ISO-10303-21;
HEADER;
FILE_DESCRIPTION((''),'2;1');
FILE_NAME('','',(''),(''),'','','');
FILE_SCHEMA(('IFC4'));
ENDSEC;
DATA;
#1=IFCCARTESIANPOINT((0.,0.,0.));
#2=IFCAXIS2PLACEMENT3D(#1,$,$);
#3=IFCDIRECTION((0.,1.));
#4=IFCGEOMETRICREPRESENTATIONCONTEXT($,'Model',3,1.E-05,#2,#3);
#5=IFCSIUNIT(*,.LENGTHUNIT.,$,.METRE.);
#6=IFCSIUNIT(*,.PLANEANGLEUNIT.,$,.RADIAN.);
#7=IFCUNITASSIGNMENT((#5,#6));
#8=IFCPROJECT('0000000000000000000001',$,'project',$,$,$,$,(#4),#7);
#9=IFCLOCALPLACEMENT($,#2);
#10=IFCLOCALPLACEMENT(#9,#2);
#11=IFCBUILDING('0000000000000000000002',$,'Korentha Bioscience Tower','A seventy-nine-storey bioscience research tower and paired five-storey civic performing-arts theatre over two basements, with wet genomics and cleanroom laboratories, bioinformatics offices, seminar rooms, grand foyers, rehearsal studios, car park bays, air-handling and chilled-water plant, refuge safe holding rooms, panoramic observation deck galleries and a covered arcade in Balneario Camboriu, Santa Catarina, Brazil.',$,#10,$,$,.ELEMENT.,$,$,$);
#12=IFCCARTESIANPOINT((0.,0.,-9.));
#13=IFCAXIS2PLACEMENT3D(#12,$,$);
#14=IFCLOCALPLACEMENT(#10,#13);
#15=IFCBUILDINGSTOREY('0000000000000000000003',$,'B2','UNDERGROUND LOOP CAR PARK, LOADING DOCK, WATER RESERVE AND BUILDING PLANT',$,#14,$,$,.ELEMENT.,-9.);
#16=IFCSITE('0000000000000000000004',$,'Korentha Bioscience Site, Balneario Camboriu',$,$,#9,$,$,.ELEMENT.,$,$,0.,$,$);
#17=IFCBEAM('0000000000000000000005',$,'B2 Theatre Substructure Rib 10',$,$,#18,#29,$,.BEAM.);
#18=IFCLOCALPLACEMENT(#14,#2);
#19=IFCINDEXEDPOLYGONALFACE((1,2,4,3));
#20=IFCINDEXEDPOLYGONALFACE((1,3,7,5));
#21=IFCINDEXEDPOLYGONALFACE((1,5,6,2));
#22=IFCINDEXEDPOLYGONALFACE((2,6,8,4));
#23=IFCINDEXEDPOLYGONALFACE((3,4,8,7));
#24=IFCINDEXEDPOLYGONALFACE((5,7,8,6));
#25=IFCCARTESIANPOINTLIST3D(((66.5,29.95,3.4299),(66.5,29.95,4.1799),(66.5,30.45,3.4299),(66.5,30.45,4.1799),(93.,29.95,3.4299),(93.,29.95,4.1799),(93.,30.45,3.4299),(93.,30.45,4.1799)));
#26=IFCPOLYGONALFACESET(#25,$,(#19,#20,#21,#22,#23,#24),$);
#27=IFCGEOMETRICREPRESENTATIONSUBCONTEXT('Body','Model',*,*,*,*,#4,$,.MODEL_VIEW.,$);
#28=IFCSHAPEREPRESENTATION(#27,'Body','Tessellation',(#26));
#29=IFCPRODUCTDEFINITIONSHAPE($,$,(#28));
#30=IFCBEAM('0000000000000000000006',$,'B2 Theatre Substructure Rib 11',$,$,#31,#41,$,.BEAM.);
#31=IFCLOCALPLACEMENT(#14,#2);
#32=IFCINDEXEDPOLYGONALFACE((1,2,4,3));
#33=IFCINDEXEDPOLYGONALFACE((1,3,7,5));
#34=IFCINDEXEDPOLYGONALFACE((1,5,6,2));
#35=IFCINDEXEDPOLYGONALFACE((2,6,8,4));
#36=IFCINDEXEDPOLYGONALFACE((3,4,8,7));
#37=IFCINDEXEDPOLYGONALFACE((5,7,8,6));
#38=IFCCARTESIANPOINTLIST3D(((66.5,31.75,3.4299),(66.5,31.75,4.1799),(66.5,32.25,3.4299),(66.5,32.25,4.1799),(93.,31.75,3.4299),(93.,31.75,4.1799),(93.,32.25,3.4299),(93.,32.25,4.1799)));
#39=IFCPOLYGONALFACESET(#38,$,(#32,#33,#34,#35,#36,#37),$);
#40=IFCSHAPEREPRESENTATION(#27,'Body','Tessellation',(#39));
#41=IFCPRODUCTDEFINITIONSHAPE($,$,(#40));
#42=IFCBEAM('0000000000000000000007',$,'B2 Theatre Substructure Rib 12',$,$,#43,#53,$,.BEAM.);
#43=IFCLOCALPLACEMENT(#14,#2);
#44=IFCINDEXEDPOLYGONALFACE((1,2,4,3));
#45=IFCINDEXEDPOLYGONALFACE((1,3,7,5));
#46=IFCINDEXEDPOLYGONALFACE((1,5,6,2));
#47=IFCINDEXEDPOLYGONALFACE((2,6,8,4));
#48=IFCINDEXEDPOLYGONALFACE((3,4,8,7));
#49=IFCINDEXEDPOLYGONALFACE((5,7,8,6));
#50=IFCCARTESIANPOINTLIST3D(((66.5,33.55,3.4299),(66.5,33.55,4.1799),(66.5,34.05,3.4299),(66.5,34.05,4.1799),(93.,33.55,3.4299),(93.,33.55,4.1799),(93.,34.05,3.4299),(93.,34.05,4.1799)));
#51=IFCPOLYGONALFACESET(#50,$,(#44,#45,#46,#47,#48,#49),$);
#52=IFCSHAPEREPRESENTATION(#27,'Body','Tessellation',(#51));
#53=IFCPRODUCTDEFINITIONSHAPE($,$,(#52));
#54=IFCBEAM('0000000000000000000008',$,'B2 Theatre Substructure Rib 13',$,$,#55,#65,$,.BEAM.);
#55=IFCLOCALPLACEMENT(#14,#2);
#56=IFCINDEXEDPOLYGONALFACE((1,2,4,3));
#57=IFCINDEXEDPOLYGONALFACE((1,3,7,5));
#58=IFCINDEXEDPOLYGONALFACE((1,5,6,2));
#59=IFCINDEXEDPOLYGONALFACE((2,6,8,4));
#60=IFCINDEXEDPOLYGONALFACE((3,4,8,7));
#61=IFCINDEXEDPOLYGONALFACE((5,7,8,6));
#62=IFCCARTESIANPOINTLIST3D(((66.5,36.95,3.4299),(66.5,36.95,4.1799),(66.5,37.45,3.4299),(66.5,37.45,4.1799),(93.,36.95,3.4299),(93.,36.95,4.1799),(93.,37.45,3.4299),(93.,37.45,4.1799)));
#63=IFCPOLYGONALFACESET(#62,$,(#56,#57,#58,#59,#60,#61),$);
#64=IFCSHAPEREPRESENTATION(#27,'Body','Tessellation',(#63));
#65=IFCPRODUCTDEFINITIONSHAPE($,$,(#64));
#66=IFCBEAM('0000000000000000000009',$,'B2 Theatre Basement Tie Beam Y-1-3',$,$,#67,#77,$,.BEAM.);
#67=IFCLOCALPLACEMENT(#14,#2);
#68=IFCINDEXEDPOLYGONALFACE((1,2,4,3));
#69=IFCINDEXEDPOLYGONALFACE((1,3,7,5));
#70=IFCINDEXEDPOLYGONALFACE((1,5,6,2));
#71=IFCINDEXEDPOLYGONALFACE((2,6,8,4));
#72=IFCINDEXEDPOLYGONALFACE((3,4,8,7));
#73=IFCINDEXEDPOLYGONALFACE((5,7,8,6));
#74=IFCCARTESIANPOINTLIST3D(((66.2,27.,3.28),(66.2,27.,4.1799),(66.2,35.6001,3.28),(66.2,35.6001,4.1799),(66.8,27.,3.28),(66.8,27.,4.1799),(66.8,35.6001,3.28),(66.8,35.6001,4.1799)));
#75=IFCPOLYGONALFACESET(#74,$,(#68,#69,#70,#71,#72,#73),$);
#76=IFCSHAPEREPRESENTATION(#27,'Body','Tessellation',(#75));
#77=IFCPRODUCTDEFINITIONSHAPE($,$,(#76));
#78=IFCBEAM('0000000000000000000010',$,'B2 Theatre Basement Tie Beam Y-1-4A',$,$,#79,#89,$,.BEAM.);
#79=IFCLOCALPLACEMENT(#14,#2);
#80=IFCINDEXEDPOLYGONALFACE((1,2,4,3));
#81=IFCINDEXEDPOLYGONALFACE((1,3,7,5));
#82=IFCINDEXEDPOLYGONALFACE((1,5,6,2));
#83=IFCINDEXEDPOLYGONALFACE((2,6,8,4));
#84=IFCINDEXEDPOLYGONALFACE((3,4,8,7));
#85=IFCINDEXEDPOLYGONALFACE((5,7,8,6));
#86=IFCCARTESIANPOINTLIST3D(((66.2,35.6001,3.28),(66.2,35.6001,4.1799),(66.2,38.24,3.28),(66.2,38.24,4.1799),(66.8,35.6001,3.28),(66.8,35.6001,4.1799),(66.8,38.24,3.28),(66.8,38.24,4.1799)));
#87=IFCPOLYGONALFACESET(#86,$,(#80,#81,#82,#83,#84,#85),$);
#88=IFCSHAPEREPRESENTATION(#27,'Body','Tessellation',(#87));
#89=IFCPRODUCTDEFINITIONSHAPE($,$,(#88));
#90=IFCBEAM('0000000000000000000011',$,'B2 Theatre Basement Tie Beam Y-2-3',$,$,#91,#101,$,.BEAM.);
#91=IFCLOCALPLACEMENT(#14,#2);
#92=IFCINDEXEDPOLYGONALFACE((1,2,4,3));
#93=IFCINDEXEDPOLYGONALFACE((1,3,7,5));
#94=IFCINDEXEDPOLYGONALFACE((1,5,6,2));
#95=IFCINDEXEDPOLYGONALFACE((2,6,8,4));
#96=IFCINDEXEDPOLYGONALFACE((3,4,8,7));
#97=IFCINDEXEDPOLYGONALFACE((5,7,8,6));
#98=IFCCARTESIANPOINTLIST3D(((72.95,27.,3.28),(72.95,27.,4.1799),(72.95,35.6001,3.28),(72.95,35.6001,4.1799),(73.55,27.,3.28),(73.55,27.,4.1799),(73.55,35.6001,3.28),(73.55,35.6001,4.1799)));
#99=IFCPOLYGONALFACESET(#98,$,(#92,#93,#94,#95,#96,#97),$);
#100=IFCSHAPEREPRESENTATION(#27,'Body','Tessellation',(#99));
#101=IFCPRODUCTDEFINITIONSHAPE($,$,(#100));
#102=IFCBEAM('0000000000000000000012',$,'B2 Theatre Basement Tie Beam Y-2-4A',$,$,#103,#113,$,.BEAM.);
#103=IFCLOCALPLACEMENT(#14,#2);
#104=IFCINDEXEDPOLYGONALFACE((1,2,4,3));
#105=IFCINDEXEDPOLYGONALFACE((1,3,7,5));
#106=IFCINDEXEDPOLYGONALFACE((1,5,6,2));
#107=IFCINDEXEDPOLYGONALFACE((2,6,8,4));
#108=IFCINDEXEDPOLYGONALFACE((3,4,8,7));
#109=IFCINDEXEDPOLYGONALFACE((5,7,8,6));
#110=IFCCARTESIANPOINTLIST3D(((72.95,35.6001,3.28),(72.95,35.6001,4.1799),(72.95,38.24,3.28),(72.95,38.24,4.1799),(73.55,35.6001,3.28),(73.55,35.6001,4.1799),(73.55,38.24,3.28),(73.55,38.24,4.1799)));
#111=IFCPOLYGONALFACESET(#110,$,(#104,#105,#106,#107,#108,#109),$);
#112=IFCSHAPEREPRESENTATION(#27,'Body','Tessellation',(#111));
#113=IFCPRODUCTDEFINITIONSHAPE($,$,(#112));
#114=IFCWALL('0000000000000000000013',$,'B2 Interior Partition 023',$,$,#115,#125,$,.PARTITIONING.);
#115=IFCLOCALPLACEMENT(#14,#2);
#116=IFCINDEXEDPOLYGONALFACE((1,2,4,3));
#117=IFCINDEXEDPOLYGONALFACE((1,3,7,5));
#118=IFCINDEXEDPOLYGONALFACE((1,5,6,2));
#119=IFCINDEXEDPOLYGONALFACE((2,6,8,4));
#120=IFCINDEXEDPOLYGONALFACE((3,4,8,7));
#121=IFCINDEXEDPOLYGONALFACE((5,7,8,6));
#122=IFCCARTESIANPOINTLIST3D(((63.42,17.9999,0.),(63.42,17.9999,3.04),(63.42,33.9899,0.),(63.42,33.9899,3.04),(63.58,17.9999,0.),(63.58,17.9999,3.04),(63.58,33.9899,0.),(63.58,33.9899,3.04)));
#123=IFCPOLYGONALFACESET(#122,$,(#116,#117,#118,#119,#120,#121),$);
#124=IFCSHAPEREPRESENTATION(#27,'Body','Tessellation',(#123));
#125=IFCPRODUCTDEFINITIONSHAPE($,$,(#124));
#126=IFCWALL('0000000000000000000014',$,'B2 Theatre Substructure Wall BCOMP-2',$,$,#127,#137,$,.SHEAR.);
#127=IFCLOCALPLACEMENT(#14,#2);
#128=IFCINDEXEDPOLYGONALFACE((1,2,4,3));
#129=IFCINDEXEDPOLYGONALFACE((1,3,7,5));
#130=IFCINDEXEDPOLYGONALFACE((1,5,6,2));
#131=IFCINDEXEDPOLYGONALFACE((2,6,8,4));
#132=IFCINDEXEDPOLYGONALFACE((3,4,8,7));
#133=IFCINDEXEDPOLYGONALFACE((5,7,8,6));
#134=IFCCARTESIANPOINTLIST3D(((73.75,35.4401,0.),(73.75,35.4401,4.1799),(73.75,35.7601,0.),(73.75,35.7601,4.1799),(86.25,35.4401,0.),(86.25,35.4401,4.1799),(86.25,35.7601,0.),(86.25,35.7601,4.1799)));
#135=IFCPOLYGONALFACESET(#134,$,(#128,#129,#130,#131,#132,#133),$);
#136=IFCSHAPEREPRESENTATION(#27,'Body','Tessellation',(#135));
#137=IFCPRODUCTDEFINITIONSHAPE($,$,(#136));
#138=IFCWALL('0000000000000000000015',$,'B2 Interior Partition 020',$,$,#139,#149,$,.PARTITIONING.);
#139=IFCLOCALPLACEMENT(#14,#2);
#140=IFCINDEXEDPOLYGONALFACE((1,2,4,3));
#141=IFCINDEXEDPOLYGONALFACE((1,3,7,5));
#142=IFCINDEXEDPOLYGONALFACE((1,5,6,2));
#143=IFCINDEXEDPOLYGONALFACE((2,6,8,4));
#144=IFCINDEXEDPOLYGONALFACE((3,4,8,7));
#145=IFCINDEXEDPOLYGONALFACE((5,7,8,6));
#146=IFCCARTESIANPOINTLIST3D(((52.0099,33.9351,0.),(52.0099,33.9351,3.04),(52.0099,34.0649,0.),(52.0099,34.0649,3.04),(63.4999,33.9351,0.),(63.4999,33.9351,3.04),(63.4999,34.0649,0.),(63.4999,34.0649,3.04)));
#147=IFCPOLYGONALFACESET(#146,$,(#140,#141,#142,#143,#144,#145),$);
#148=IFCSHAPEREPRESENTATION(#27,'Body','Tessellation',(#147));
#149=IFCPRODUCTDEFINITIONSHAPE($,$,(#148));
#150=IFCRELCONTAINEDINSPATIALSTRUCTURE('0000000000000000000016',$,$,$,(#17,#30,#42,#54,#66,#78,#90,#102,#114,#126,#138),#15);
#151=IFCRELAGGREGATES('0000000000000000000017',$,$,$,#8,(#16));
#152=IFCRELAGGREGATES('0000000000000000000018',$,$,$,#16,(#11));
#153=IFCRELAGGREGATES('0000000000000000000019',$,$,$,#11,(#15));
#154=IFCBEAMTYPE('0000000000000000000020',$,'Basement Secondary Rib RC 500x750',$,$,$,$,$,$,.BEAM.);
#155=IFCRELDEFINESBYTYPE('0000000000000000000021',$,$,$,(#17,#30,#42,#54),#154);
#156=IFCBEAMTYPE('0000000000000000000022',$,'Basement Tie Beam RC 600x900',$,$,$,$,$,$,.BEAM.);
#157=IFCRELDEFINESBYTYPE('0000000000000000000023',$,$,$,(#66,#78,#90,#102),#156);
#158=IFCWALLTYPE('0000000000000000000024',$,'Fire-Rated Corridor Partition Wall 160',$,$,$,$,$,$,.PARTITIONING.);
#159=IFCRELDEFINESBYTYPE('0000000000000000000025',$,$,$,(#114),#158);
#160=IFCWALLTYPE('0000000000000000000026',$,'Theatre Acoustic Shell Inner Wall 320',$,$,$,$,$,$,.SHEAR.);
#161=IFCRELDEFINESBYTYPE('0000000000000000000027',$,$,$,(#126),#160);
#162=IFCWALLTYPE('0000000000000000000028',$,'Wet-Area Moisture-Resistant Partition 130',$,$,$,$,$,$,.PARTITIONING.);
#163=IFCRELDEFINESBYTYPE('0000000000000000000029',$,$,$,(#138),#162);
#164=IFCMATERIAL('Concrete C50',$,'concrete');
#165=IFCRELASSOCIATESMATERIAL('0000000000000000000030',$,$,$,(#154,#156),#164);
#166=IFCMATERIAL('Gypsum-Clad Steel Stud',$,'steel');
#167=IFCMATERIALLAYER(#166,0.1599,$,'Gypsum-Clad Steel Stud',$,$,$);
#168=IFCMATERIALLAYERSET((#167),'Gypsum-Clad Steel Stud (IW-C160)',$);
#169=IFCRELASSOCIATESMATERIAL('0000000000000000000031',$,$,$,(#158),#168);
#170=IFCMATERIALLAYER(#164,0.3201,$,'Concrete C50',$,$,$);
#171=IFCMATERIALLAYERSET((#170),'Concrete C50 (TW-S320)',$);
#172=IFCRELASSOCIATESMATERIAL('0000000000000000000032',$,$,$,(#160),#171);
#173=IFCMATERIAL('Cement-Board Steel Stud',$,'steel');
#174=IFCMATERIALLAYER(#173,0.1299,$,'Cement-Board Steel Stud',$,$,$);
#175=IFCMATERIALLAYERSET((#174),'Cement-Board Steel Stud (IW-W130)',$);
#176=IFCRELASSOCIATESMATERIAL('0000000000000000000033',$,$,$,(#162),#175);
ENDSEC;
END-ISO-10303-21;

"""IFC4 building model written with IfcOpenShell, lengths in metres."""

from ifc_helpers import new_model, si_unit, direction, frame, frame_2d, origin, origin_2d, place, context, subcontext, project, spatial, rectangle, extrude, material, layer, layer_set, material_profile, profile_set, type_object, element, save


model = new_model("IFC4")

# Units and contexts
model_context = context("Model", 3, precision=1e-05, world=origin(), true_north=direction((0.0, 1.0)))
body_context = subcontext(model_context, "Body", "Model", "MODEL_VIEW")
ifc_project = project(units=[si_unit("LENGTHUNIT", "METRE"), si_unit("PLANEANGLEUNIT", "RADIAN")], contexts=[model_context])

# Site, building, storey
site_placement = place(None, origin())
site = spatial("IfcSite", under=ifc_project, at=site_placement, Name="Korentha Bioscience Site, Balneario Camboriu", CompositionType="ELEMENT", RefElevation=0.0)
building_placement = place(site_placement, origin())
building = spatial("IfcBuilding", under=site, at=building_placement, Name="Korentha Bioscience Tower", Description="A seventy-nine-storey bioscience research tower and paired five-storey civic performing-arts theatre over two basements, with wet genomics and cleanroom laboratories, bioinformatics offices, seminar rooms, grand foyers, rehearsal studios, car park bays, air-handling and chilled-water plant, refuge safe holding rooms, panoramic observation deck galleries and a covered arcade in Balneario Camboriu, Santa Catarina, Brazil.", CompositionType="ELEMENT")
storey_placement = place(building_placement, frame((0.0, 0.0, -9.0)))
storey = spatial("IfcBuildingStorey", under=building, at=storey_placement, Name="B2", Description="UNDERGROUND LOOP CAR PARK, LOADING DOCK, WATER RESERVE AND BUILDING PLANT", CompositionType="ELEMENT", Elevation=-9.0)

# Shared definitions
ifc_material_1 = material(Name="Concrete C50", Category="concrete")

# Beams
ifc_material_profile_1 = material_profile(ifc_material_1, rectangle(XDim=0.5, YDim=0.75, at=origin_2d()), Name="Concrete C50")
ifc_profile_set_1 = profile_set([ifc_material_profile_1], Name="Concrete C50 (BB-500)")
beam_type_1 = type_object("IfcBeamType", Name="Basement Secondary Rib RC 500x750", PredefinedType="BEAM", material=ifc_profile_set_1)
for number, where, z_axis, x_axis, name in (
    (1, (66.5, 30.2, 3.8049), (1.0, 0.0, 0.0), (0.0, 1.0, 0.0), "B2 Theatre Substructure Rib 10"),
    (2, (66.5, 32.0, 3.8049), (1.0, 0.0, 0.0), (0.0, 1.0, 0.0), "B2 Theatre Substructure Rib 11"),
    (3, (66.5, 33.8, 3.8049), (1.0, 0.0, 0.0), (0.0, 1.0, 0.0), "B2 Theatre Substructure Rib 12"),
    (4, (66.5, 37.2, 3.8049), (1.0, 0.0, 0.0), (0.0, 1.0, 0.0), "B2 Theatre Substructure Rib 13"),
):
    element("IfcBeam", number, at=place(storey_placement, frame(where, z_axis=z_axis, x_axis=x_axis)), inside=storey, type_object=beam_type_1, Name=name, PredefinedType="BEAM", context=body_context, shape_type="SweptSolid", body=[
        extrude(rectangle(XDim=0.5, YDim=0.75, at=origin_2d()), origin(), (0.0, 0.0, 1.0), 26.5),
    ])
ifc_material_profile_2 = material_profile(ifc_material_1, rectangle(XDim=0.6001, YDim=0.8999, at=origin_2d()), Name="Concrete C50")
ifc_profile_set_2 = profile_set([ifc_material_profile_2], Name="Concrete C50 (BB-600)")
beam_type_2 = type_object("IfcBeamType", Name="Basement Tie Beam RC 600x900", PredefinedType="BEAM", material=ifc_profile_set_2)
beam_1_placement = place(storey_placement, frame((66.5, 27.0, 3.73), z_axis=(0.0, 1.0, 0.0), x_axis=(-1.0, 0.0, 0.0)))
element("IfcBeam", 5, at=beam_1_placement, inside=storey, type_object=beam_type_2, Name="B2 Theatre Basement Tie Beam Y-1-3", PredefinedType="BEAM", context=body_context, shape_type="SweptSolid", body=[
    extrude(rectangle(XDim=0.6001, YDim=0.8999, at=origin_2d()), origin(), (0.0, 0.0, 1.0), 8.6001),
])
beam_2_placement = place(storey_placement, frame((66.5, 35.6001, 3.73), z_axis=(0.0, 1.0, 0.0), x_axis=(-1.0, 0.0, 0.0)))
element("IfcBeam", 6, at=beam_2_placement, inside=storey, type_object=beam_type_2, Name="B2 Theatre Basement Tie Beam Y-1-4A", PredefinedType="BEAM", context=body_context, shape_type="SweptSolid", body=[
    extrude(rectangle(XDim=0.6001, YDim=0.8999, at=origin_2d()), origin(), (0.0, 0.0, 1.0), 2.6399),
])
beam_3_placement = place(storey_placement, frame((73.25, 27.0, 3.73), z_axis=(0.0, 1.0, 0.0), x_axis=(-1.0, 0.0, 0.0)))
element("IfcBeam", 7, at=beam_3_placement, inside=storey, type_object=beam_type_2, Name="B2 Theatre Basement Tie Beam Y-2-3", PredefinedType="BEAM", context=body_context, shape_type="SweptSolid", body=[
    extrude(rectangle(XDim=0.6001, YDim=0.8999, at=origin_2d()), origin(), (0.0, 0.0, 1.0), 8.6001),
])
beam_4_placement = place(storey_placement, frame((73.25, 35.6001, 3.73), z_axis=(0.0, 1.0, 0.0), x_axis=(-1.0, 0.0, 0.0)))
element("IfcBeam", 8, at=beam_4_placement, inside=storey, type_object=beam_type_2, Name="B2 Theatre Basement Tie Beam Y-2-4A", PredefinedType="BEAM", context=body_context, shape_type="SweptSolid", body=[
    extrude(rectangle(XDim=0.6001, YDim=0.8999, at=origin_2d()), origin(), (0.0, 0.0, 1.0), 2.6399),
])

# Walls
ifc_material_2 = material(Name="Gypsum-Clad Steel Stud", Category="steel")
ifc_layer_1 = layer(ifc_material_2, 0.1599, Name="Gypsum-Clad Steel Stud")
ifc_layer_set_1 = layer_set([ifc_layer_1], Name="Gypsum-Clad Steel Stud (IW-C160)")
wall_type_1 = type_object("IfcWallType", Name="Fire-Rated Corridor Partition Wall 160", PredefinedType="PARTITIONING", material=ifc_layer_set_1)
wall_1_placement = place(storey_placement, frame((63.5, 33.99, 0.0), z_axis=(0.0, 0.0, 1.0), x_axis=(0.0, -1.0, 0.0)))
element("IfcWall", 9, at=wall_1_placement, inside=storey, type_object=wall_type_1, Name="B2 Interior Partition 023", PredefinedType="PARTITIONING", context=body_context, shape_type="SweptSolid", body=[
    extrude(rectangle(XDim=15.99, YDim=0.1599, at=frame_2d((7.9951, 0.0))), origin(), (0.0, 0.0, 1.0), 3.04),
])
ifc_layer_2 = layer(ifc_material_1, 0.3201, Name="Concrete C50")
ifc_layer_set_2 = layer_set([ifc_layer_2], Name="Concrete C50 (TW-S320)")
wall_type_2 = type_object("IfcWallType", Name="Theatre Acoustic Shell Inner Wall 320", PredefinedType="SHEAR", material=ifc_layer_set_2)
wall_2_placement = place(storey_placement, frame((73.75, 35.6001, 0.0), z_axis=(0.0, 0.0, 1.0), x_axis=(1.0, 0.0, 0.0)))
element("IfcWall", 10, at=wall_2_placement, inside=storey, type_object=wall_type_2, Name="B2 Theatre Substructure Wall BCOMP-2", PredefinedType="SHEAR", context=body_context, shape_type="SweptSolid", body=[
    extrude(rectangle(XDim=12.5, YDim=0.3201, at=frame_2d((6.25, 0.0))), origin(), (0.0, 0.0, 1.0), 4.1799),
])
ifc_material_3 = material(Name="Cement-Board Steel Stud", Category="steel")
ifc_layer_3 = layer(ifc_material_3, 0.1299, Name="Cement-Board Steel Stud")
ifc_layer_set_3 = layer_set([ifc_layer_3], Name="Cement-Board Steel Stud (IW-W130)")
wall_type_3 = type_object("IfcWallType", Name="Wet-Area Moisture-Resistant Partition 130", PredefinedType="PARTITIONING", material=ifc_layer_set_3)
wall_3_placement = place(storey_placement, frame((63.5, 34.0, 0.0), z_axis=(0.0, 0.0, 1.0), x_axis=(-1.0, 0.0, 0.0)))
element("IfcWall", 11, at=wall_3_placement, inside=storey, type_object=wall_type_3, Name="B2 Interior Partition 020", PredefinedType="PARTITIONING", context=body_context, shape_type="SweptSolid", body=[
    extrude(rectangle(XDim=11.49, YDim=0.1299, at=frame_2d((5.7451, 0.0))), origin(), (0.0, 0.0, 1.0), 3.04),
])

save(model, "model.ifc")
